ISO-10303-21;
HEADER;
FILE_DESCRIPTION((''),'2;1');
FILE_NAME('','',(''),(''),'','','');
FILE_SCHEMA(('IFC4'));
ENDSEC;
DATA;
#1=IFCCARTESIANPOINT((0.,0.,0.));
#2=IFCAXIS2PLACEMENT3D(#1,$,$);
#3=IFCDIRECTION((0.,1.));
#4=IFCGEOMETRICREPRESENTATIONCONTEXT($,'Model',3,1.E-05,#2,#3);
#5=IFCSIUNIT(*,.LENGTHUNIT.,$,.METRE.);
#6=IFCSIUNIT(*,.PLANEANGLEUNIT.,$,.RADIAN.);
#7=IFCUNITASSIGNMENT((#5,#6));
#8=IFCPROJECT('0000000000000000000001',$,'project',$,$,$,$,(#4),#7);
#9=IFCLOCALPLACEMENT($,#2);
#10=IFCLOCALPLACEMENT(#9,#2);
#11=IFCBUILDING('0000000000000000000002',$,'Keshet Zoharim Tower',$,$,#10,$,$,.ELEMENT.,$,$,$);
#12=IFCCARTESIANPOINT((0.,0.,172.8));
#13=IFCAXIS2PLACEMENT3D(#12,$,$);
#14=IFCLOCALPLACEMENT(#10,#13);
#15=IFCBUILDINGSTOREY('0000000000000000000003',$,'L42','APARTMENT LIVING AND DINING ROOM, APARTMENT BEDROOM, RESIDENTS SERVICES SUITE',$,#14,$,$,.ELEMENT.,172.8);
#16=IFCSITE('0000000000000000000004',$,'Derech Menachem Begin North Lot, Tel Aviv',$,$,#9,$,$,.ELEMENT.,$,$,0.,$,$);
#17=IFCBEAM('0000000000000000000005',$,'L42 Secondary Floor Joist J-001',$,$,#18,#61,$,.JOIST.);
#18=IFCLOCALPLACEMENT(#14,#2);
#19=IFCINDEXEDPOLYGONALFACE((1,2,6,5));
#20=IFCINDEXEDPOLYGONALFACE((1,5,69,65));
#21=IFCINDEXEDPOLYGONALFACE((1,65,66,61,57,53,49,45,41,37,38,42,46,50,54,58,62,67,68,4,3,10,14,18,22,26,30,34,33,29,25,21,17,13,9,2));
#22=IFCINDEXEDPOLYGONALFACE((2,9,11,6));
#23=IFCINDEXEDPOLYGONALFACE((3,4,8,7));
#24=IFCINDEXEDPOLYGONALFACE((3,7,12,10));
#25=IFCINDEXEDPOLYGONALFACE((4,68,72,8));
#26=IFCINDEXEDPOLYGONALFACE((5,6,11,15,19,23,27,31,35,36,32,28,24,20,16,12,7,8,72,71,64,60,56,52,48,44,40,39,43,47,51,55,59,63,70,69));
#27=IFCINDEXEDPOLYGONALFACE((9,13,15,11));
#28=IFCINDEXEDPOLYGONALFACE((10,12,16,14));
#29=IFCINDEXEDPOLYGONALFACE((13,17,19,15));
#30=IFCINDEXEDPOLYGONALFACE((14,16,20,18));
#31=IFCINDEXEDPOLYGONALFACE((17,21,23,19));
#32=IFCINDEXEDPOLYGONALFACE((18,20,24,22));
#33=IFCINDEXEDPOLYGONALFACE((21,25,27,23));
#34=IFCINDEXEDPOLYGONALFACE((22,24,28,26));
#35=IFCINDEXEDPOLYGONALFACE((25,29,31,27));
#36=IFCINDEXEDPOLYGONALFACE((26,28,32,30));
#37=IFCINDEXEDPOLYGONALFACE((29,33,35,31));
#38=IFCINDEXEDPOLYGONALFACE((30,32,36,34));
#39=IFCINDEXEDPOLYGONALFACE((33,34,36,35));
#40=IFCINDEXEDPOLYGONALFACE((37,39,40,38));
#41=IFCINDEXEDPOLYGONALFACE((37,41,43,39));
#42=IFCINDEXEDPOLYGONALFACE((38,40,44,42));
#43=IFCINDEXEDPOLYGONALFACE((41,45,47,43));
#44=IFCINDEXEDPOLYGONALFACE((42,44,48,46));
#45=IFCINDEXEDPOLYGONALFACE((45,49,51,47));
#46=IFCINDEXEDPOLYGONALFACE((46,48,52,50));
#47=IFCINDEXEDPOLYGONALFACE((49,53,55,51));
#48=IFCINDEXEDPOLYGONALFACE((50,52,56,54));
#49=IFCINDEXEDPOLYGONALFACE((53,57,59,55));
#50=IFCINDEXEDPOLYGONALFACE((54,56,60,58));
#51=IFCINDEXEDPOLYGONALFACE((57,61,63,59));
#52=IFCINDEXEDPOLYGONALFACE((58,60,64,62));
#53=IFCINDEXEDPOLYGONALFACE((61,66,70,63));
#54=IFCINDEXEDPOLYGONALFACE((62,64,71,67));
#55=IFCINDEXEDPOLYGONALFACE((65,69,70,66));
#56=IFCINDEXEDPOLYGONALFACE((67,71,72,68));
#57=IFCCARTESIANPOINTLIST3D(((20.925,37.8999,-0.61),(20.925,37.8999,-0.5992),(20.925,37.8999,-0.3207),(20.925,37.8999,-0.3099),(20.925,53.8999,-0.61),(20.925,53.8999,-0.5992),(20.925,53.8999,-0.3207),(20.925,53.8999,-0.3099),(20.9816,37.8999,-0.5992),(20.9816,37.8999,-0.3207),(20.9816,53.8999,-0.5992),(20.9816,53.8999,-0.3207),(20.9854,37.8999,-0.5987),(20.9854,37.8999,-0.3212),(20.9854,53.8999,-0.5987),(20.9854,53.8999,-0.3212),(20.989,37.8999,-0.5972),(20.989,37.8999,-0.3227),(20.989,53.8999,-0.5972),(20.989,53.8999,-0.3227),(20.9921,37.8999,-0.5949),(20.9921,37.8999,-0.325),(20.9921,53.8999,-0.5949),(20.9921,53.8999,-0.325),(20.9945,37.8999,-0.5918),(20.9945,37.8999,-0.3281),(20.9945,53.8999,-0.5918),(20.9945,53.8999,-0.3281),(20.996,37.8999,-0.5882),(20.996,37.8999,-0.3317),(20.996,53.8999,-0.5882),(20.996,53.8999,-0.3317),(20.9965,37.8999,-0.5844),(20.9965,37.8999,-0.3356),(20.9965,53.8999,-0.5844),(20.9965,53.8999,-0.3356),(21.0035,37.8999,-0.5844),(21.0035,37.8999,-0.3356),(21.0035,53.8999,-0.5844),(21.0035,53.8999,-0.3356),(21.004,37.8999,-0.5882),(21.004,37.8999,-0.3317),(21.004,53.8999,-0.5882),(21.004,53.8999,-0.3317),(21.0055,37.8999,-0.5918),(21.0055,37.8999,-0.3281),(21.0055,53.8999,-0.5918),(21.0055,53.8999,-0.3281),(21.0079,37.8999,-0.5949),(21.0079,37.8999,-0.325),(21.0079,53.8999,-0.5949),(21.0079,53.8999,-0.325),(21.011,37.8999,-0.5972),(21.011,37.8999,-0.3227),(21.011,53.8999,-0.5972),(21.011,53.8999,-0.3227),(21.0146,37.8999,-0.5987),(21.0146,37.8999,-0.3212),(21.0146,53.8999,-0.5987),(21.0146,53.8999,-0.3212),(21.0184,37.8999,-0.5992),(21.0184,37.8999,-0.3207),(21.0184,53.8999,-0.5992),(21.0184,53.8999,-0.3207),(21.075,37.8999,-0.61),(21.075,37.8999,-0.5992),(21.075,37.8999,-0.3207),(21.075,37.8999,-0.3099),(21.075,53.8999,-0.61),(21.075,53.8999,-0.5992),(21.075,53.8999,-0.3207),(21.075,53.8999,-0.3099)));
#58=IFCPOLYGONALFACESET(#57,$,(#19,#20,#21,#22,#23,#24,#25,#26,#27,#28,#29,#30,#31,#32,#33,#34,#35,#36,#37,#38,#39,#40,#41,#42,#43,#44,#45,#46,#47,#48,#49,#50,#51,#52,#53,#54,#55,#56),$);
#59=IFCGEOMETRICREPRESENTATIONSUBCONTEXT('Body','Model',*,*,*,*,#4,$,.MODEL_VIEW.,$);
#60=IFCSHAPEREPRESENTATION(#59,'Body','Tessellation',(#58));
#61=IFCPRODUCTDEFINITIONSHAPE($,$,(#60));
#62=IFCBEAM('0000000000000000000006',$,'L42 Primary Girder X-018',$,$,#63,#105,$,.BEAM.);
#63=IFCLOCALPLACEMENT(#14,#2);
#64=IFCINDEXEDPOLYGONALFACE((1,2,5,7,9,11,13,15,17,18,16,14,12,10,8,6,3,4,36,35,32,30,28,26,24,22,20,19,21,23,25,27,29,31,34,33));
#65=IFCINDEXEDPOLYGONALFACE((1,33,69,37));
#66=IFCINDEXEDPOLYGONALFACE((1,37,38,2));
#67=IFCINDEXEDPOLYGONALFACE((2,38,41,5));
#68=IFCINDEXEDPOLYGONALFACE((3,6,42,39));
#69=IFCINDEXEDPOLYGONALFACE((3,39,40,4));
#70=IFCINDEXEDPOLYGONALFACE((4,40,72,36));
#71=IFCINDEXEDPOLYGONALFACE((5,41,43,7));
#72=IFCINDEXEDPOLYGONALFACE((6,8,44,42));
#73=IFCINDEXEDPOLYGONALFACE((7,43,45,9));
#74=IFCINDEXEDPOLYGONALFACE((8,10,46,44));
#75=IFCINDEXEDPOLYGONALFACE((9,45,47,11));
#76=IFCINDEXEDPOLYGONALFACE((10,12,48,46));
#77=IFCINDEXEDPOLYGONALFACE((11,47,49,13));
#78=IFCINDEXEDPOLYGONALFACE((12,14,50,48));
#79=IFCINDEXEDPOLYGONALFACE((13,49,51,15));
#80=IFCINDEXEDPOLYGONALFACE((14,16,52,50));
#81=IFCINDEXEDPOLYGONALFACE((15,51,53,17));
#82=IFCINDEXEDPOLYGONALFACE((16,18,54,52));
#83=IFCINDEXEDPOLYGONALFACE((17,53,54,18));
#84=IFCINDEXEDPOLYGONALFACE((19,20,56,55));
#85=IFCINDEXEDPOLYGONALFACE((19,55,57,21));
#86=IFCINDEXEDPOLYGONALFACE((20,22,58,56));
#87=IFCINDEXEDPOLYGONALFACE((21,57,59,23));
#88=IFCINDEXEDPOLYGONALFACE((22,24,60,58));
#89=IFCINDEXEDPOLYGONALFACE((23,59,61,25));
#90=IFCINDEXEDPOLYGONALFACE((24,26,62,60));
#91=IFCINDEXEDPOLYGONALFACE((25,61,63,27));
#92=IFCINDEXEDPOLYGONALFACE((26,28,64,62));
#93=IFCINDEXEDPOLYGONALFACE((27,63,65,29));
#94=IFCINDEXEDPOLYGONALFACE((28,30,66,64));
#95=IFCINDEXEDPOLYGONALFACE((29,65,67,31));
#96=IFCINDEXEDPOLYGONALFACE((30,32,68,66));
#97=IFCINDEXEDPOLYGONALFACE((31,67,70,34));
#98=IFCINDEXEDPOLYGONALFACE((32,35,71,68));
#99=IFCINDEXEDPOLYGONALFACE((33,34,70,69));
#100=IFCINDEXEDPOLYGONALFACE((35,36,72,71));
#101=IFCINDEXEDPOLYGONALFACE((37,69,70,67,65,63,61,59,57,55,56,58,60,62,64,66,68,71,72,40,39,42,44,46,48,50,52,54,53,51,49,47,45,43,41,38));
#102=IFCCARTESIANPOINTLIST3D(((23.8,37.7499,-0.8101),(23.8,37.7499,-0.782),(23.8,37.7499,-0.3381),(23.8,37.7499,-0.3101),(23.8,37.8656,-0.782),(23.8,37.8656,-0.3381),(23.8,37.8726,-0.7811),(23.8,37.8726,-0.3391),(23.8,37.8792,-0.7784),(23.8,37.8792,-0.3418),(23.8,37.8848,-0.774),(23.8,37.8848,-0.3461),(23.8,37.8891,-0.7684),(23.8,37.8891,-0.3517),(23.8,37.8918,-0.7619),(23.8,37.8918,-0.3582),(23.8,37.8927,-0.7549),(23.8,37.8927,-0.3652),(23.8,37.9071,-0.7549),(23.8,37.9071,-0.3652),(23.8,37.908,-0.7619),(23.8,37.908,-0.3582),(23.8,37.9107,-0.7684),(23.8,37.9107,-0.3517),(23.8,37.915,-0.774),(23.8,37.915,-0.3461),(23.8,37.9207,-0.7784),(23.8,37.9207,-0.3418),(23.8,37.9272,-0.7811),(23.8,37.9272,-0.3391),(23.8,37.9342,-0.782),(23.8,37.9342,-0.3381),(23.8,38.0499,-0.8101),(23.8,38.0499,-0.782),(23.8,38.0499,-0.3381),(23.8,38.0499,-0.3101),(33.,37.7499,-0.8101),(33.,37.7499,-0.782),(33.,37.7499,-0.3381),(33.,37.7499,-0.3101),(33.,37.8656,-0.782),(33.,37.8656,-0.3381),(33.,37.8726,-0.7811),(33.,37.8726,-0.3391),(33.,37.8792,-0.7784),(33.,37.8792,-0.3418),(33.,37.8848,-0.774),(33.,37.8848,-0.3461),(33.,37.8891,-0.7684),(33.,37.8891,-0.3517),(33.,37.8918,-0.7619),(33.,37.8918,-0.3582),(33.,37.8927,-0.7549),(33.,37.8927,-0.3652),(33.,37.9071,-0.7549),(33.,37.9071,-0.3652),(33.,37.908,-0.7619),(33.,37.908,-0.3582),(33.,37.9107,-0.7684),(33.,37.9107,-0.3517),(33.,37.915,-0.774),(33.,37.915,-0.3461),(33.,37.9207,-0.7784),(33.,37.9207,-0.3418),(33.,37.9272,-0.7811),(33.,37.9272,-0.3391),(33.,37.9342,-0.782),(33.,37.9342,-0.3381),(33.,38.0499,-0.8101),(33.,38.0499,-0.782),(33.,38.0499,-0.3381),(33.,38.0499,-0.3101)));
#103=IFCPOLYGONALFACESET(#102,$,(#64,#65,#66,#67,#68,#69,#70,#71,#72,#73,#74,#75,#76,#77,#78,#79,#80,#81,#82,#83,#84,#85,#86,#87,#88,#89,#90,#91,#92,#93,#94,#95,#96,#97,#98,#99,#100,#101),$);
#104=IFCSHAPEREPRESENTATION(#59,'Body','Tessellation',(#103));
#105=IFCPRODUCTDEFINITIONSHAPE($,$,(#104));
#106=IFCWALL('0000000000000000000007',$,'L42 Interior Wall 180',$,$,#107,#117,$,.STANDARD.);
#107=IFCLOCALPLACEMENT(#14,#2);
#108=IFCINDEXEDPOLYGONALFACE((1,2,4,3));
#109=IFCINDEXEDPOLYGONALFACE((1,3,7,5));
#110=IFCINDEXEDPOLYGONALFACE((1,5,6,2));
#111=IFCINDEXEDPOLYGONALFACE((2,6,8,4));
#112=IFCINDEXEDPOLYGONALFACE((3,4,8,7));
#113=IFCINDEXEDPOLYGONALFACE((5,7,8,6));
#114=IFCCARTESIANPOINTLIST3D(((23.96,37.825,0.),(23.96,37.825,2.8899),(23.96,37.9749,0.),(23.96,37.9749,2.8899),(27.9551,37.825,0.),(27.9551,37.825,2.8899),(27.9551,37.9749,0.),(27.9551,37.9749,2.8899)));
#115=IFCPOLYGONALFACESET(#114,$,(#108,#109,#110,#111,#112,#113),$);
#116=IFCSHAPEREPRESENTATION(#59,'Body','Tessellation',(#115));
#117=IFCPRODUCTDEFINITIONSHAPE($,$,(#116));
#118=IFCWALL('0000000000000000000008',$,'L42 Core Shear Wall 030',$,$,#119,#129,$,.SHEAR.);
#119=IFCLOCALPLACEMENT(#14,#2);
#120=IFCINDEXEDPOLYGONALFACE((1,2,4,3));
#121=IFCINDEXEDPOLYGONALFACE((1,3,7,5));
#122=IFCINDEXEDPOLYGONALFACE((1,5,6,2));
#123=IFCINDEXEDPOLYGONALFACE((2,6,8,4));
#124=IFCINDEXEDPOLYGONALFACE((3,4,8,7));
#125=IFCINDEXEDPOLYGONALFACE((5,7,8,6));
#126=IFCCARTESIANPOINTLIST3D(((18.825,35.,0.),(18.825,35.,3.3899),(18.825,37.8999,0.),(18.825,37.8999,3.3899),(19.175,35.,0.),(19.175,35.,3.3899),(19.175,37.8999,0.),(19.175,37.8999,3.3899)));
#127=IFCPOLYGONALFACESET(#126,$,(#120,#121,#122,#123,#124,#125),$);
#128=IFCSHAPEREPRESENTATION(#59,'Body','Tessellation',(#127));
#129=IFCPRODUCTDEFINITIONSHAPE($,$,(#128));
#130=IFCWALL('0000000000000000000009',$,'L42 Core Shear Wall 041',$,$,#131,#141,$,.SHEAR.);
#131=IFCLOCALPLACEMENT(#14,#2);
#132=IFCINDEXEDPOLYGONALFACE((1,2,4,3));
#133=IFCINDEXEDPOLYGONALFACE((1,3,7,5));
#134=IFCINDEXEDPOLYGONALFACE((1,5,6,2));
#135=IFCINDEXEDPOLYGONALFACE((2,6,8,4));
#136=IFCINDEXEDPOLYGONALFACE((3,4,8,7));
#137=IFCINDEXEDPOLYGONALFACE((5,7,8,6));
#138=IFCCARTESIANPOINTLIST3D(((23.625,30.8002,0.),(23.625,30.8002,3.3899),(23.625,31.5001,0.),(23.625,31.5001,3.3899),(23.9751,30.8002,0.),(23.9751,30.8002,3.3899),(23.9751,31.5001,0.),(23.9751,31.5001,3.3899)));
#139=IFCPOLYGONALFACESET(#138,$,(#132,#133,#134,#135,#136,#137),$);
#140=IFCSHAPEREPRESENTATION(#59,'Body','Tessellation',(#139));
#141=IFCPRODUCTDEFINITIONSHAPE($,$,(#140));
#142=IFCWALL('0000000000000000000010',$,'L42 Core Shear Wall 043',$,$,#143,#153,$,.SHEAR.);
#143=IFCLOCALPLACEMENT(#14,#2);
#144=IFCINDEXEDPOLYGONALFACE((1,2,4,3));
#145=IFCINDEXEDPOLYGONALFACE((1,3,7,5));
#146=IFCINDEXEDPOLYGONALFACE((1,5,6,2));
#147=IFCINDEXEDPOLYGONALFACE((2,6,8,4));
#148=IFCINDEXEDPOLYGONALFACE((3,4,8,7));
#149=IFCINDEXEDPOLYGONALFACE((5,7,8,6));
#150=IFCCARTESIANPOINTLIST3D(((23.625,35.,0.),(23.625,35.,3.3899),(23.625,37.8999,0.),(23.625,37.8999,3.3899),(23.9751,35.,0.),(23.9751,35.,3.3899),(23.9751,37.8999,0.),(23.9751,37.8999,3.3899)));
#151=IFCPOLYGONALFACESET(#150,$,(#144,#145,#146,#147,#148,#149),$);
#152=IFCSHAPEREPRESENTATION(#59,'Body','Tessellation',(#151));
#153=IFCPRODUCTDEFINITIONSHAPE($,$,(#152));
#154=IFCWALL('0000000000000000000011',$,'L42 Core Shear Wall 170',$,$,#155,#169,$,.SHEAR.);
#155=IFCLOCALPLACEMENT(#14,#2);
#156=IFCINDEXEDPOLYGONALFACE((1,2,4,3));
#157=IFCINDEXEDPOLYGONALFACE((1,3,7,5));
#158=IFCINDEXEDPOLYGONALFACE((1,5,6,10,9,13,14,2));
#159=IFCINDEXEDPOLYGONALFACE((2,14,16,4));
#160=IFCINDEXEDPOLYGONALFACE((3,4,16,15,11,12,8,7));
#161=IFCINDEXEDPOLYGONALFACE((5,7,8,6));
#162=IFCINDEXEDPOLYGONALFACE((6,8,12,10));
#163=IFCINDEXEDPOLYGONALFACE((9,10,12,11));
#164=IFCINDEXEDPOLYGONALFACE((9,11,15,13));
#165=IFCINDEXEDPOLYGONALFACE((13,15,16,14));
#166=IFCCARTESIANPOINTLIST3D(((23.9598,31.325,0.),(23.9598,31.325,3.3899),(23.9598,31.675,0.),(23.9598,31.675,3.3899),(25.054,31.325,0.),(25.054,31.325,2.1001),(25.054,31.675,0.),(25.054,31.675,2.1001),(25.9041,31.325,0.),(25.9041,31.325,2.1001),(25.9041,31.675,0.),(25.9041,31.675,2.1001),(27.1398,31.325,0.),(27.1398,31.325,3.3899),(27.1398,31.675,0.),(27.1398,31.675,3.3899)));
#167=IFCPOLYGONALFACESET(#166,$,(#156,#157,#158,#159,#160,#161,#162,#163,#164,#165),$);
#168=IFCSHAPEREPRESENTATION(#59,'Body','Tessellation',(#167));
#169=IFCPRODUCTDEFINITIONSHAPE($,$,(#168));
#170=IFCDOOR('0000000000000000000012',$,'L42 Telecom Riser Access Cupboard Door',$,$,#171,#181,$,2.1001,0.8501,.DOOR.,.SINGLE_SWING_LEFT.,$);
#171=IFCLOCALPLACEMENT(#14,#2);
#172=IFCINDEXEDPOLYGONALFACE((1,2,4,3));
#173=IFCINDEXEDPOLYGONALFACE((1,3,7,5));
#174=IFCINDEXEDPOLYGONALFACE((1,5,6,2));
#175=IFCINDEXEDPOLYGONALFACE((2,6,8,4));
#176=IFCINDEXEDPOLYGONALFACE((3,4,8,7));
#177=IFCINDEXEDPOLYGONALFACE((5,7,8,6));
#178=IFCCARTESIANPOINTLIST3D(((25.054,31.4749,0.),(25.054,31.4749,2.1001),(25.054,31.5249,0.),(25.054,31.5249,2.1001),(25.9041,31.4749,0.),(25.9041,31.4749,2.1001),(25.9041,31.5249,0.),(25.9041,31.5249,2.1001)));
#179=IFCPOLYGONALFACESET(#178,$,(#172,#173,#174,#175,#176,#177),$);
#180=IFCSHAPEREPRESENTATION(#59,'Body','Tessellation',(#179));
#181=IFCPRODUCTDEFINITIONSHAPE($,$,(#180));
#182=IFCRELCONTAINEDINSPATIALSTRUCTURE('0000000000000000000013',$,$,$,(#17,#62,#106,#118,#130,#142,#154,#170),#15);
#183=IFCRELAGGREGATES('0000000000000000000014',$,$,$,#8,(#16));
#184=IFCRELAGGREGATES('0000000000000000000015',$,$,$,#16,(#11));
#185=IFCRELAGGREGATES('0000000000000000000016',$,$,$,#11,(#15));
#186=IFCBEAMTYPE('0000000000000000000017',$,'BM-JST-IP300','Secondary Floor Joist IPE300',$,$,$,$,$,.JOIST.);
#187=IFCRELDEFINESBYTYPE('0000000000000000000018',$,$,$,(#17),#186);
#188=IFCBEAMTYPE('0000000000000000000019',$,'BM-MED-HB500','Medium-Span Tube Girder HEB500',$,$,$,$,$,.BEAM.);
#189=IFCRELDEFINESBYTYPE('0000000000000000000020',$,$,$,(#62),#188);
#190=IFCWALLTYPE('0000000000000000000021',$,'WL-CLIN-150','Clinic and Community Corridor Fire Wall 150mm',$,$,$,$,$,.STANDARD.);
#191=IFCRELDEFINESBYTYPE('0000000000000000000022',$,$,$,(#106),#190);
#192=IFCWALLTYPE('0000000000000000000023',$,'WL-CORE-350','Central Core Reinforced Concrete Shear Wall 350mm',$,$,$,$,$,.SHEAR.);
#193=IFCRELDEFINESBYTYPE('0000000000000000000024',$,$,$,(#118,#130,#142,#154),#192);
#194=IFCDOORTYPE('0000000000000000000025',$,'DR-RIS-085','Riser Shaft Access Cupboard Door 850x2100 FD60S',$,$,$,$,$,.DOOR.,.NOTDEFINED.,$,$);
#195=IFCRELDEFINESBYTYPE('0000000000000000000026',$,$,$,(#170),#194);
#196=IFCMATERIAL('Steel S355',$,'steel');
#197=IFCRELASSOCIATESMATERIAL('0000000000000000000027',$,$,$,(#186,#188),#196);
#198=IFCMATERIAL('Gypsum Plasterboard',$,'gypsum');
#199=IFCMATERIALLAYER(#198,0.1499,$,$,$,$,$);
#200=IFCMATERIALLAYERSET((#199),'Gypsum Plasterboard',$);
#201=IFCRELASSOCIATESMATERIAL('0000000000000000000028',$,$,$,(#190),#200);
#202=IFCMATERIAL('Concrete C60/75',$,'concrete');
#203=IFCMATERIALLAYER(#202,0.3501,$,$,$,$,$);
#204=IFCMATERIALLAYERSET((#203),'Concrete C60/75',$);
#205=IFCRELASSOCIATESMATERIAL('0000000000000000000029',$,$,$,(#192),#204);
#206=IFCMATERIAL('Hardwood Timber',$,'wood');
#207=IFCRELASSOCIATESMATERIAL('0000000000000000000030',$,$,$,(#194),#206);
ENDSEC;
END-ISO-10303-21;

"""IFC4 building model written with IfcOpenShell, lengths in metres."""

from ifc_helpers import new_model, si_unit, direction, frame, frame_2d, origin, origin_2d, place, context, subcontext, project, spatial, rectangle, i_section, extrude, material, layer, layer_set, material_profile, profile_set, type_object, element, fill, save


model = new_model("IFC4")

# Units and contexts
model_context = context("Model", 3, precision=1e-05, world=origin(), true_north=direction((0.0, 1.0)))
body_context = subcontext(model_context, "Body", "Model", "MODEL_VIEW")
ifc_project = project(units=[si_unit("LENGTHUNIT", "METRE"), si_unit("PLANEANGLEUNIT", "RADIAN")], contexts=[model_context])

# Site, building, storey
site_placement = place(None, origin())
site = spatial("IfcSite", under=ifc_project, at=site_placement, Name="Derech Menachem Begin North Lot, Tel Aviv", CompositionType="ELEMENT", RefElevation=0.0)
building_placement = place(site_placement, origin())
building = spatial("IfcBuilding", under=site, at=building_placement, Name="Keshet Zoharim Tower", CompositionType="ELEMENT")
storey_placement = place(building_placement, frame((0.0, 0.0, 172.8)))
storey = spatial("IfcBuildingStorey", under=building, at=storey_placement, Name="L42", Description="APARTMENT LIVING AND DINING ROOM, APARTMENT BEDROOM, RESIDENTS SERVICES SUITE", CompositionType="ELEMENT", Elevation=172.8)

# Beams
ifc_material_1 = material(Name="Steel S355", Category="steel")
ifc_material_profile_1 = material_profile(ifc_material_1, i_section(OverallWidth=0.1499, OverallDepth=0.3, WebThickness=0.0071, FlangeThickness=0.0107, FilletRadius=0.0149, at=origin_2d()), Name="IPE300")
ifc_profile_set_1 = profile_set([ifc_material_profile_1], Name="Steel S355")
beam_type_1 = type_object("IfcBeamType", Name="BM-JST-IP300", Description="Secondary Floor Joist IPE300", PredefinedType="JOIST", material=ifc_profile_set_1)
beam_1_placement = place(storey_placement, frame((21.0, 37.8999, -0.46), z_axis=(0.0, 1.0, 0.0), x_axis=(-1.0, 0.0, 0.0)))
element("IfcBeam", 1, at=beam_1_placement, inside=storey, type_object=beam_type_1, Name="L42 Secondary Floor Joist J-001", PredefinedType="JOIST", context=body_context, shape_type="SweptSolid", body=[
    extrude(i_section(OverallWidth=0.1499, OverallDepth=0.3, WebThickness=0.0071, FlangeThickness=0.0107, FilletRadius=0.0149, at=origin_2d()), origin(), (0.0, 0.0, 1.0), 16.0),
])
ifc_material_profile_2 = material_profile(ifc_material_1, i_section(OverallWidth=0.3, OverallDepth=0.5, WebThickness=0.0144, FlangeThickness=0.0281, FilletRadius=0.0271, at=origin_2d()), Name="HEB500")
ifc_profile_set_2 = profile_set([ifc_material_profile_2], Name="Steel S355")
beam_type_2 = type_object("IfcBeamType", Name="BM-MED-HB500", Description="Medium-Span Tube Girder HEB500", PredefinedType="BEAM", material=ifc_profile_set_2)
beam_2_placement = place(storey_placement, frame((23.8, 37.8999, -0.5601), z_axis=(1.0, 0.0, 0.0), x_axis=(0.0, 1.0, 0.0)))
element("IfcBeam", 2, at=beam_2_placement, inside=storey, type_object=beam_type_2, Name="L42 Primary Girder X-018", PredefinedType="BEAM", context=body_context, shape_type="SweptSolid", body=[
    extrude(i_section(OverallWidth=0.3, OverallDepth=0.5, WebThickness=0.0144, FlangeThickness=0.0281, FilletRadius=0.0271, at=origin_2d()), origin(), (0.0, 0.0, 1.0), 9.2),
])

# Walls
ifc_material_2 = material(Name="Gypsum Plasterboard", Category="gypsum")
ifc_layer_1 = layer(ifc_material_2, 0.1499)
ifc_layer_set_1 = layer_set([ifc_layer_1], Name="Gypsum Plasterboard")
wall_type_1 = type_object("IfcWallType", Name="WL-CLIN-150", Description="Clinic and Community Corridor Fire Wall 150mm", PredefinedType="STANDARD", material=ifc_layer_set_1)
wall_1_placement = place(storey_placement, frame((23.96, 37.8999, 0.0), z_axis=(0.0, 0.0, 1.0), x_axis=(1.0, 0.0, 0.0)))
element("IfcWall", 3, at=wall_1_placement, inside=storey, type_object=wall_type_1, Name="L42 Interior Wall 180", PredefinedType="STANDARD", context=body_context, shape_type="SweptSolid", body=[
    extrude(rectangle(XDim=3.9951, YDim=0.1499, at=frame_2d((1.9976, 0.0))), origin(), (0.0, 0.0, 1.0), 2.8899),
])
ifc_material_3 = material(Name="Concrete C60/75", Category="concrete")
ifc_layer_2 = layer(ifc_material_3, 0.3501)
ifc_layer_set_2 = layer_set([ifc_layer_2], Name="Concrete C60/75")
wall_type_2 = type_object("IfcWallType", Name="WL-CORE-350", Description="Central Core Reinforced Concrete Shear Wall 350mm", PredefinedType="SHEAR", material=ifc_layer_set_2)
wall_2_placement = place(storey_placement, frame((19.0, 35.0, 0.0), z_axis=(0.0, 0.0, 1.0), x_axis=(0.0, 1.0, 0.0)))
element("IfcWall", 4, at=wall_2_placement, inside=storey, type_object=wall_type_2, Name="L42 Core Shear Wall 030", PredefinedType="SHEAR", context=body_context, shape_type="SweptSolid", body=[
    extrude(rectangle(XDim=2.8999, YDim=0.3501, at=frame_2d((1.45, 0.0))), origin(), (0.0, 0.0, 1.0), 3.3899),
])
wall_3_placement = place(storey_placement, frame((23.8, 30.8, 0.0), z_axis=(0.0, 0.0, 1.0), x_axis=(0.0, 1.0, 0.0)))
element("IfcWall", 5, at=wall_3_placement, inside=storey, type_object=wall_type_2, Name="L42 Core Shear Wall 041", PredefinedType="SHEAR", context=body_context, shape_type="SweptSolid", body=[
    extrude(rectangle(XDim=0.7, YDim=0.3501, at=frame_2d((0.3501, 0.0))), origin(), (0.0, 0.0, 1.0), 3.3899),
])

# Shared definitions
ifc_material_4 = material(Name="Hardwood Timber", Category="wood")

# Wall
wall_4_placement = place(storey_placement, frame((23.8, 35.0, 0.0), z_axis=(0.0, 0.0, 1.0), x_axis=(0.0, 1.0, 0.0)))
element("IfcWall", 6, at=wall_4_placement, inside=storey, type_object=wall_type_2, Name="L42 Core Shear Wall 043", PredefinedType="SHEAR", context=body_context, shape_type="SweptSolid", body=[
    extrude(rectangle(XDim=2.8999, YDim=0.3501, at=frame_2d((1.45, 0.0))), origin(), (0.0, 0.0, 1.0), 3.3899),
])

# Wall, opening, door
wall_5_placement = place(storey_placement, frame((23.96, 31.5, 0.0), z_axis=(0.0, 0.0, 1.0), x_axis=(1.0, 0.0, 0.0)))
wall_5 = element("IfcWall", 7, at=wall_5_placement, inside=storey, type_object=wall_type_2, Name="L42 Core Shear Wall 170", PredefinedType="SHEAR", context=body_context, shape_type="SweptSolid", body=[
    extrude(rectangle(XDim=3.1799, YDim=0.3501, at=frame_2d((1.5898, 0.0))), origin(), (0.0, 0.0, 1.0), 3.3899),
])
opening_1_placement = place(wall_5_placement, frame((1.094, 0.0, 0.0)))
opening_1 = element("IfcOpeningElement", 8, at=opening_1_placement, cuts=wall_5, PredefinedType="OPENING", context=body_context, shape_type="SweptSolid", body=[
    extrude(rectangle(XDim=0.8501, YDim=2.1001, at=frame_2d((0.425, 1.05))), frame((0.0, 0.1851, 0.0), z_axis=(0.0, -1.0, 0.0), x_axis=(1.0, 0.0, 0.0)), (0.0, 0.0, 1.0), 0.3701),
])
door_type_1 = type_object("IfcDoorType", Name="DR-RIS-085", Description="Riser Shaft Access Cupboard Door 850x2100 FD60S", OperationType="NOTDEFINED", PredefinedType="DOOR", material=ifc_material_4)
door_1_placement = place(opening_1_placement, origin())
door_1 = element("IfcDoor", 9, at=door_1_placement, inside=storey, type_object=door_type_1, Name="L42 Telecom Riser Access Cupboard Door", OperationType="SINGLE_SWING_LEFT", OverallHeight=2.1001, OverallWidth=0.8501, PredefinedType="DOOR", context=body_context, shape_type="SweptSolid", body=[
    extrude(rectangle(XDim=0.8501, YDim=2.1001, at=frame_2d((0.425, 1.05))), frame((0.0, 0.0249, 0.0), z_axis=(0.0, -1.0, 0.0), x_axis=(1.0, 0.0, 0.0)), (0.0, 0.0, 1.0), 0.05),
])
fill(opening_1, door_1)

save(model, "model.ifc")
